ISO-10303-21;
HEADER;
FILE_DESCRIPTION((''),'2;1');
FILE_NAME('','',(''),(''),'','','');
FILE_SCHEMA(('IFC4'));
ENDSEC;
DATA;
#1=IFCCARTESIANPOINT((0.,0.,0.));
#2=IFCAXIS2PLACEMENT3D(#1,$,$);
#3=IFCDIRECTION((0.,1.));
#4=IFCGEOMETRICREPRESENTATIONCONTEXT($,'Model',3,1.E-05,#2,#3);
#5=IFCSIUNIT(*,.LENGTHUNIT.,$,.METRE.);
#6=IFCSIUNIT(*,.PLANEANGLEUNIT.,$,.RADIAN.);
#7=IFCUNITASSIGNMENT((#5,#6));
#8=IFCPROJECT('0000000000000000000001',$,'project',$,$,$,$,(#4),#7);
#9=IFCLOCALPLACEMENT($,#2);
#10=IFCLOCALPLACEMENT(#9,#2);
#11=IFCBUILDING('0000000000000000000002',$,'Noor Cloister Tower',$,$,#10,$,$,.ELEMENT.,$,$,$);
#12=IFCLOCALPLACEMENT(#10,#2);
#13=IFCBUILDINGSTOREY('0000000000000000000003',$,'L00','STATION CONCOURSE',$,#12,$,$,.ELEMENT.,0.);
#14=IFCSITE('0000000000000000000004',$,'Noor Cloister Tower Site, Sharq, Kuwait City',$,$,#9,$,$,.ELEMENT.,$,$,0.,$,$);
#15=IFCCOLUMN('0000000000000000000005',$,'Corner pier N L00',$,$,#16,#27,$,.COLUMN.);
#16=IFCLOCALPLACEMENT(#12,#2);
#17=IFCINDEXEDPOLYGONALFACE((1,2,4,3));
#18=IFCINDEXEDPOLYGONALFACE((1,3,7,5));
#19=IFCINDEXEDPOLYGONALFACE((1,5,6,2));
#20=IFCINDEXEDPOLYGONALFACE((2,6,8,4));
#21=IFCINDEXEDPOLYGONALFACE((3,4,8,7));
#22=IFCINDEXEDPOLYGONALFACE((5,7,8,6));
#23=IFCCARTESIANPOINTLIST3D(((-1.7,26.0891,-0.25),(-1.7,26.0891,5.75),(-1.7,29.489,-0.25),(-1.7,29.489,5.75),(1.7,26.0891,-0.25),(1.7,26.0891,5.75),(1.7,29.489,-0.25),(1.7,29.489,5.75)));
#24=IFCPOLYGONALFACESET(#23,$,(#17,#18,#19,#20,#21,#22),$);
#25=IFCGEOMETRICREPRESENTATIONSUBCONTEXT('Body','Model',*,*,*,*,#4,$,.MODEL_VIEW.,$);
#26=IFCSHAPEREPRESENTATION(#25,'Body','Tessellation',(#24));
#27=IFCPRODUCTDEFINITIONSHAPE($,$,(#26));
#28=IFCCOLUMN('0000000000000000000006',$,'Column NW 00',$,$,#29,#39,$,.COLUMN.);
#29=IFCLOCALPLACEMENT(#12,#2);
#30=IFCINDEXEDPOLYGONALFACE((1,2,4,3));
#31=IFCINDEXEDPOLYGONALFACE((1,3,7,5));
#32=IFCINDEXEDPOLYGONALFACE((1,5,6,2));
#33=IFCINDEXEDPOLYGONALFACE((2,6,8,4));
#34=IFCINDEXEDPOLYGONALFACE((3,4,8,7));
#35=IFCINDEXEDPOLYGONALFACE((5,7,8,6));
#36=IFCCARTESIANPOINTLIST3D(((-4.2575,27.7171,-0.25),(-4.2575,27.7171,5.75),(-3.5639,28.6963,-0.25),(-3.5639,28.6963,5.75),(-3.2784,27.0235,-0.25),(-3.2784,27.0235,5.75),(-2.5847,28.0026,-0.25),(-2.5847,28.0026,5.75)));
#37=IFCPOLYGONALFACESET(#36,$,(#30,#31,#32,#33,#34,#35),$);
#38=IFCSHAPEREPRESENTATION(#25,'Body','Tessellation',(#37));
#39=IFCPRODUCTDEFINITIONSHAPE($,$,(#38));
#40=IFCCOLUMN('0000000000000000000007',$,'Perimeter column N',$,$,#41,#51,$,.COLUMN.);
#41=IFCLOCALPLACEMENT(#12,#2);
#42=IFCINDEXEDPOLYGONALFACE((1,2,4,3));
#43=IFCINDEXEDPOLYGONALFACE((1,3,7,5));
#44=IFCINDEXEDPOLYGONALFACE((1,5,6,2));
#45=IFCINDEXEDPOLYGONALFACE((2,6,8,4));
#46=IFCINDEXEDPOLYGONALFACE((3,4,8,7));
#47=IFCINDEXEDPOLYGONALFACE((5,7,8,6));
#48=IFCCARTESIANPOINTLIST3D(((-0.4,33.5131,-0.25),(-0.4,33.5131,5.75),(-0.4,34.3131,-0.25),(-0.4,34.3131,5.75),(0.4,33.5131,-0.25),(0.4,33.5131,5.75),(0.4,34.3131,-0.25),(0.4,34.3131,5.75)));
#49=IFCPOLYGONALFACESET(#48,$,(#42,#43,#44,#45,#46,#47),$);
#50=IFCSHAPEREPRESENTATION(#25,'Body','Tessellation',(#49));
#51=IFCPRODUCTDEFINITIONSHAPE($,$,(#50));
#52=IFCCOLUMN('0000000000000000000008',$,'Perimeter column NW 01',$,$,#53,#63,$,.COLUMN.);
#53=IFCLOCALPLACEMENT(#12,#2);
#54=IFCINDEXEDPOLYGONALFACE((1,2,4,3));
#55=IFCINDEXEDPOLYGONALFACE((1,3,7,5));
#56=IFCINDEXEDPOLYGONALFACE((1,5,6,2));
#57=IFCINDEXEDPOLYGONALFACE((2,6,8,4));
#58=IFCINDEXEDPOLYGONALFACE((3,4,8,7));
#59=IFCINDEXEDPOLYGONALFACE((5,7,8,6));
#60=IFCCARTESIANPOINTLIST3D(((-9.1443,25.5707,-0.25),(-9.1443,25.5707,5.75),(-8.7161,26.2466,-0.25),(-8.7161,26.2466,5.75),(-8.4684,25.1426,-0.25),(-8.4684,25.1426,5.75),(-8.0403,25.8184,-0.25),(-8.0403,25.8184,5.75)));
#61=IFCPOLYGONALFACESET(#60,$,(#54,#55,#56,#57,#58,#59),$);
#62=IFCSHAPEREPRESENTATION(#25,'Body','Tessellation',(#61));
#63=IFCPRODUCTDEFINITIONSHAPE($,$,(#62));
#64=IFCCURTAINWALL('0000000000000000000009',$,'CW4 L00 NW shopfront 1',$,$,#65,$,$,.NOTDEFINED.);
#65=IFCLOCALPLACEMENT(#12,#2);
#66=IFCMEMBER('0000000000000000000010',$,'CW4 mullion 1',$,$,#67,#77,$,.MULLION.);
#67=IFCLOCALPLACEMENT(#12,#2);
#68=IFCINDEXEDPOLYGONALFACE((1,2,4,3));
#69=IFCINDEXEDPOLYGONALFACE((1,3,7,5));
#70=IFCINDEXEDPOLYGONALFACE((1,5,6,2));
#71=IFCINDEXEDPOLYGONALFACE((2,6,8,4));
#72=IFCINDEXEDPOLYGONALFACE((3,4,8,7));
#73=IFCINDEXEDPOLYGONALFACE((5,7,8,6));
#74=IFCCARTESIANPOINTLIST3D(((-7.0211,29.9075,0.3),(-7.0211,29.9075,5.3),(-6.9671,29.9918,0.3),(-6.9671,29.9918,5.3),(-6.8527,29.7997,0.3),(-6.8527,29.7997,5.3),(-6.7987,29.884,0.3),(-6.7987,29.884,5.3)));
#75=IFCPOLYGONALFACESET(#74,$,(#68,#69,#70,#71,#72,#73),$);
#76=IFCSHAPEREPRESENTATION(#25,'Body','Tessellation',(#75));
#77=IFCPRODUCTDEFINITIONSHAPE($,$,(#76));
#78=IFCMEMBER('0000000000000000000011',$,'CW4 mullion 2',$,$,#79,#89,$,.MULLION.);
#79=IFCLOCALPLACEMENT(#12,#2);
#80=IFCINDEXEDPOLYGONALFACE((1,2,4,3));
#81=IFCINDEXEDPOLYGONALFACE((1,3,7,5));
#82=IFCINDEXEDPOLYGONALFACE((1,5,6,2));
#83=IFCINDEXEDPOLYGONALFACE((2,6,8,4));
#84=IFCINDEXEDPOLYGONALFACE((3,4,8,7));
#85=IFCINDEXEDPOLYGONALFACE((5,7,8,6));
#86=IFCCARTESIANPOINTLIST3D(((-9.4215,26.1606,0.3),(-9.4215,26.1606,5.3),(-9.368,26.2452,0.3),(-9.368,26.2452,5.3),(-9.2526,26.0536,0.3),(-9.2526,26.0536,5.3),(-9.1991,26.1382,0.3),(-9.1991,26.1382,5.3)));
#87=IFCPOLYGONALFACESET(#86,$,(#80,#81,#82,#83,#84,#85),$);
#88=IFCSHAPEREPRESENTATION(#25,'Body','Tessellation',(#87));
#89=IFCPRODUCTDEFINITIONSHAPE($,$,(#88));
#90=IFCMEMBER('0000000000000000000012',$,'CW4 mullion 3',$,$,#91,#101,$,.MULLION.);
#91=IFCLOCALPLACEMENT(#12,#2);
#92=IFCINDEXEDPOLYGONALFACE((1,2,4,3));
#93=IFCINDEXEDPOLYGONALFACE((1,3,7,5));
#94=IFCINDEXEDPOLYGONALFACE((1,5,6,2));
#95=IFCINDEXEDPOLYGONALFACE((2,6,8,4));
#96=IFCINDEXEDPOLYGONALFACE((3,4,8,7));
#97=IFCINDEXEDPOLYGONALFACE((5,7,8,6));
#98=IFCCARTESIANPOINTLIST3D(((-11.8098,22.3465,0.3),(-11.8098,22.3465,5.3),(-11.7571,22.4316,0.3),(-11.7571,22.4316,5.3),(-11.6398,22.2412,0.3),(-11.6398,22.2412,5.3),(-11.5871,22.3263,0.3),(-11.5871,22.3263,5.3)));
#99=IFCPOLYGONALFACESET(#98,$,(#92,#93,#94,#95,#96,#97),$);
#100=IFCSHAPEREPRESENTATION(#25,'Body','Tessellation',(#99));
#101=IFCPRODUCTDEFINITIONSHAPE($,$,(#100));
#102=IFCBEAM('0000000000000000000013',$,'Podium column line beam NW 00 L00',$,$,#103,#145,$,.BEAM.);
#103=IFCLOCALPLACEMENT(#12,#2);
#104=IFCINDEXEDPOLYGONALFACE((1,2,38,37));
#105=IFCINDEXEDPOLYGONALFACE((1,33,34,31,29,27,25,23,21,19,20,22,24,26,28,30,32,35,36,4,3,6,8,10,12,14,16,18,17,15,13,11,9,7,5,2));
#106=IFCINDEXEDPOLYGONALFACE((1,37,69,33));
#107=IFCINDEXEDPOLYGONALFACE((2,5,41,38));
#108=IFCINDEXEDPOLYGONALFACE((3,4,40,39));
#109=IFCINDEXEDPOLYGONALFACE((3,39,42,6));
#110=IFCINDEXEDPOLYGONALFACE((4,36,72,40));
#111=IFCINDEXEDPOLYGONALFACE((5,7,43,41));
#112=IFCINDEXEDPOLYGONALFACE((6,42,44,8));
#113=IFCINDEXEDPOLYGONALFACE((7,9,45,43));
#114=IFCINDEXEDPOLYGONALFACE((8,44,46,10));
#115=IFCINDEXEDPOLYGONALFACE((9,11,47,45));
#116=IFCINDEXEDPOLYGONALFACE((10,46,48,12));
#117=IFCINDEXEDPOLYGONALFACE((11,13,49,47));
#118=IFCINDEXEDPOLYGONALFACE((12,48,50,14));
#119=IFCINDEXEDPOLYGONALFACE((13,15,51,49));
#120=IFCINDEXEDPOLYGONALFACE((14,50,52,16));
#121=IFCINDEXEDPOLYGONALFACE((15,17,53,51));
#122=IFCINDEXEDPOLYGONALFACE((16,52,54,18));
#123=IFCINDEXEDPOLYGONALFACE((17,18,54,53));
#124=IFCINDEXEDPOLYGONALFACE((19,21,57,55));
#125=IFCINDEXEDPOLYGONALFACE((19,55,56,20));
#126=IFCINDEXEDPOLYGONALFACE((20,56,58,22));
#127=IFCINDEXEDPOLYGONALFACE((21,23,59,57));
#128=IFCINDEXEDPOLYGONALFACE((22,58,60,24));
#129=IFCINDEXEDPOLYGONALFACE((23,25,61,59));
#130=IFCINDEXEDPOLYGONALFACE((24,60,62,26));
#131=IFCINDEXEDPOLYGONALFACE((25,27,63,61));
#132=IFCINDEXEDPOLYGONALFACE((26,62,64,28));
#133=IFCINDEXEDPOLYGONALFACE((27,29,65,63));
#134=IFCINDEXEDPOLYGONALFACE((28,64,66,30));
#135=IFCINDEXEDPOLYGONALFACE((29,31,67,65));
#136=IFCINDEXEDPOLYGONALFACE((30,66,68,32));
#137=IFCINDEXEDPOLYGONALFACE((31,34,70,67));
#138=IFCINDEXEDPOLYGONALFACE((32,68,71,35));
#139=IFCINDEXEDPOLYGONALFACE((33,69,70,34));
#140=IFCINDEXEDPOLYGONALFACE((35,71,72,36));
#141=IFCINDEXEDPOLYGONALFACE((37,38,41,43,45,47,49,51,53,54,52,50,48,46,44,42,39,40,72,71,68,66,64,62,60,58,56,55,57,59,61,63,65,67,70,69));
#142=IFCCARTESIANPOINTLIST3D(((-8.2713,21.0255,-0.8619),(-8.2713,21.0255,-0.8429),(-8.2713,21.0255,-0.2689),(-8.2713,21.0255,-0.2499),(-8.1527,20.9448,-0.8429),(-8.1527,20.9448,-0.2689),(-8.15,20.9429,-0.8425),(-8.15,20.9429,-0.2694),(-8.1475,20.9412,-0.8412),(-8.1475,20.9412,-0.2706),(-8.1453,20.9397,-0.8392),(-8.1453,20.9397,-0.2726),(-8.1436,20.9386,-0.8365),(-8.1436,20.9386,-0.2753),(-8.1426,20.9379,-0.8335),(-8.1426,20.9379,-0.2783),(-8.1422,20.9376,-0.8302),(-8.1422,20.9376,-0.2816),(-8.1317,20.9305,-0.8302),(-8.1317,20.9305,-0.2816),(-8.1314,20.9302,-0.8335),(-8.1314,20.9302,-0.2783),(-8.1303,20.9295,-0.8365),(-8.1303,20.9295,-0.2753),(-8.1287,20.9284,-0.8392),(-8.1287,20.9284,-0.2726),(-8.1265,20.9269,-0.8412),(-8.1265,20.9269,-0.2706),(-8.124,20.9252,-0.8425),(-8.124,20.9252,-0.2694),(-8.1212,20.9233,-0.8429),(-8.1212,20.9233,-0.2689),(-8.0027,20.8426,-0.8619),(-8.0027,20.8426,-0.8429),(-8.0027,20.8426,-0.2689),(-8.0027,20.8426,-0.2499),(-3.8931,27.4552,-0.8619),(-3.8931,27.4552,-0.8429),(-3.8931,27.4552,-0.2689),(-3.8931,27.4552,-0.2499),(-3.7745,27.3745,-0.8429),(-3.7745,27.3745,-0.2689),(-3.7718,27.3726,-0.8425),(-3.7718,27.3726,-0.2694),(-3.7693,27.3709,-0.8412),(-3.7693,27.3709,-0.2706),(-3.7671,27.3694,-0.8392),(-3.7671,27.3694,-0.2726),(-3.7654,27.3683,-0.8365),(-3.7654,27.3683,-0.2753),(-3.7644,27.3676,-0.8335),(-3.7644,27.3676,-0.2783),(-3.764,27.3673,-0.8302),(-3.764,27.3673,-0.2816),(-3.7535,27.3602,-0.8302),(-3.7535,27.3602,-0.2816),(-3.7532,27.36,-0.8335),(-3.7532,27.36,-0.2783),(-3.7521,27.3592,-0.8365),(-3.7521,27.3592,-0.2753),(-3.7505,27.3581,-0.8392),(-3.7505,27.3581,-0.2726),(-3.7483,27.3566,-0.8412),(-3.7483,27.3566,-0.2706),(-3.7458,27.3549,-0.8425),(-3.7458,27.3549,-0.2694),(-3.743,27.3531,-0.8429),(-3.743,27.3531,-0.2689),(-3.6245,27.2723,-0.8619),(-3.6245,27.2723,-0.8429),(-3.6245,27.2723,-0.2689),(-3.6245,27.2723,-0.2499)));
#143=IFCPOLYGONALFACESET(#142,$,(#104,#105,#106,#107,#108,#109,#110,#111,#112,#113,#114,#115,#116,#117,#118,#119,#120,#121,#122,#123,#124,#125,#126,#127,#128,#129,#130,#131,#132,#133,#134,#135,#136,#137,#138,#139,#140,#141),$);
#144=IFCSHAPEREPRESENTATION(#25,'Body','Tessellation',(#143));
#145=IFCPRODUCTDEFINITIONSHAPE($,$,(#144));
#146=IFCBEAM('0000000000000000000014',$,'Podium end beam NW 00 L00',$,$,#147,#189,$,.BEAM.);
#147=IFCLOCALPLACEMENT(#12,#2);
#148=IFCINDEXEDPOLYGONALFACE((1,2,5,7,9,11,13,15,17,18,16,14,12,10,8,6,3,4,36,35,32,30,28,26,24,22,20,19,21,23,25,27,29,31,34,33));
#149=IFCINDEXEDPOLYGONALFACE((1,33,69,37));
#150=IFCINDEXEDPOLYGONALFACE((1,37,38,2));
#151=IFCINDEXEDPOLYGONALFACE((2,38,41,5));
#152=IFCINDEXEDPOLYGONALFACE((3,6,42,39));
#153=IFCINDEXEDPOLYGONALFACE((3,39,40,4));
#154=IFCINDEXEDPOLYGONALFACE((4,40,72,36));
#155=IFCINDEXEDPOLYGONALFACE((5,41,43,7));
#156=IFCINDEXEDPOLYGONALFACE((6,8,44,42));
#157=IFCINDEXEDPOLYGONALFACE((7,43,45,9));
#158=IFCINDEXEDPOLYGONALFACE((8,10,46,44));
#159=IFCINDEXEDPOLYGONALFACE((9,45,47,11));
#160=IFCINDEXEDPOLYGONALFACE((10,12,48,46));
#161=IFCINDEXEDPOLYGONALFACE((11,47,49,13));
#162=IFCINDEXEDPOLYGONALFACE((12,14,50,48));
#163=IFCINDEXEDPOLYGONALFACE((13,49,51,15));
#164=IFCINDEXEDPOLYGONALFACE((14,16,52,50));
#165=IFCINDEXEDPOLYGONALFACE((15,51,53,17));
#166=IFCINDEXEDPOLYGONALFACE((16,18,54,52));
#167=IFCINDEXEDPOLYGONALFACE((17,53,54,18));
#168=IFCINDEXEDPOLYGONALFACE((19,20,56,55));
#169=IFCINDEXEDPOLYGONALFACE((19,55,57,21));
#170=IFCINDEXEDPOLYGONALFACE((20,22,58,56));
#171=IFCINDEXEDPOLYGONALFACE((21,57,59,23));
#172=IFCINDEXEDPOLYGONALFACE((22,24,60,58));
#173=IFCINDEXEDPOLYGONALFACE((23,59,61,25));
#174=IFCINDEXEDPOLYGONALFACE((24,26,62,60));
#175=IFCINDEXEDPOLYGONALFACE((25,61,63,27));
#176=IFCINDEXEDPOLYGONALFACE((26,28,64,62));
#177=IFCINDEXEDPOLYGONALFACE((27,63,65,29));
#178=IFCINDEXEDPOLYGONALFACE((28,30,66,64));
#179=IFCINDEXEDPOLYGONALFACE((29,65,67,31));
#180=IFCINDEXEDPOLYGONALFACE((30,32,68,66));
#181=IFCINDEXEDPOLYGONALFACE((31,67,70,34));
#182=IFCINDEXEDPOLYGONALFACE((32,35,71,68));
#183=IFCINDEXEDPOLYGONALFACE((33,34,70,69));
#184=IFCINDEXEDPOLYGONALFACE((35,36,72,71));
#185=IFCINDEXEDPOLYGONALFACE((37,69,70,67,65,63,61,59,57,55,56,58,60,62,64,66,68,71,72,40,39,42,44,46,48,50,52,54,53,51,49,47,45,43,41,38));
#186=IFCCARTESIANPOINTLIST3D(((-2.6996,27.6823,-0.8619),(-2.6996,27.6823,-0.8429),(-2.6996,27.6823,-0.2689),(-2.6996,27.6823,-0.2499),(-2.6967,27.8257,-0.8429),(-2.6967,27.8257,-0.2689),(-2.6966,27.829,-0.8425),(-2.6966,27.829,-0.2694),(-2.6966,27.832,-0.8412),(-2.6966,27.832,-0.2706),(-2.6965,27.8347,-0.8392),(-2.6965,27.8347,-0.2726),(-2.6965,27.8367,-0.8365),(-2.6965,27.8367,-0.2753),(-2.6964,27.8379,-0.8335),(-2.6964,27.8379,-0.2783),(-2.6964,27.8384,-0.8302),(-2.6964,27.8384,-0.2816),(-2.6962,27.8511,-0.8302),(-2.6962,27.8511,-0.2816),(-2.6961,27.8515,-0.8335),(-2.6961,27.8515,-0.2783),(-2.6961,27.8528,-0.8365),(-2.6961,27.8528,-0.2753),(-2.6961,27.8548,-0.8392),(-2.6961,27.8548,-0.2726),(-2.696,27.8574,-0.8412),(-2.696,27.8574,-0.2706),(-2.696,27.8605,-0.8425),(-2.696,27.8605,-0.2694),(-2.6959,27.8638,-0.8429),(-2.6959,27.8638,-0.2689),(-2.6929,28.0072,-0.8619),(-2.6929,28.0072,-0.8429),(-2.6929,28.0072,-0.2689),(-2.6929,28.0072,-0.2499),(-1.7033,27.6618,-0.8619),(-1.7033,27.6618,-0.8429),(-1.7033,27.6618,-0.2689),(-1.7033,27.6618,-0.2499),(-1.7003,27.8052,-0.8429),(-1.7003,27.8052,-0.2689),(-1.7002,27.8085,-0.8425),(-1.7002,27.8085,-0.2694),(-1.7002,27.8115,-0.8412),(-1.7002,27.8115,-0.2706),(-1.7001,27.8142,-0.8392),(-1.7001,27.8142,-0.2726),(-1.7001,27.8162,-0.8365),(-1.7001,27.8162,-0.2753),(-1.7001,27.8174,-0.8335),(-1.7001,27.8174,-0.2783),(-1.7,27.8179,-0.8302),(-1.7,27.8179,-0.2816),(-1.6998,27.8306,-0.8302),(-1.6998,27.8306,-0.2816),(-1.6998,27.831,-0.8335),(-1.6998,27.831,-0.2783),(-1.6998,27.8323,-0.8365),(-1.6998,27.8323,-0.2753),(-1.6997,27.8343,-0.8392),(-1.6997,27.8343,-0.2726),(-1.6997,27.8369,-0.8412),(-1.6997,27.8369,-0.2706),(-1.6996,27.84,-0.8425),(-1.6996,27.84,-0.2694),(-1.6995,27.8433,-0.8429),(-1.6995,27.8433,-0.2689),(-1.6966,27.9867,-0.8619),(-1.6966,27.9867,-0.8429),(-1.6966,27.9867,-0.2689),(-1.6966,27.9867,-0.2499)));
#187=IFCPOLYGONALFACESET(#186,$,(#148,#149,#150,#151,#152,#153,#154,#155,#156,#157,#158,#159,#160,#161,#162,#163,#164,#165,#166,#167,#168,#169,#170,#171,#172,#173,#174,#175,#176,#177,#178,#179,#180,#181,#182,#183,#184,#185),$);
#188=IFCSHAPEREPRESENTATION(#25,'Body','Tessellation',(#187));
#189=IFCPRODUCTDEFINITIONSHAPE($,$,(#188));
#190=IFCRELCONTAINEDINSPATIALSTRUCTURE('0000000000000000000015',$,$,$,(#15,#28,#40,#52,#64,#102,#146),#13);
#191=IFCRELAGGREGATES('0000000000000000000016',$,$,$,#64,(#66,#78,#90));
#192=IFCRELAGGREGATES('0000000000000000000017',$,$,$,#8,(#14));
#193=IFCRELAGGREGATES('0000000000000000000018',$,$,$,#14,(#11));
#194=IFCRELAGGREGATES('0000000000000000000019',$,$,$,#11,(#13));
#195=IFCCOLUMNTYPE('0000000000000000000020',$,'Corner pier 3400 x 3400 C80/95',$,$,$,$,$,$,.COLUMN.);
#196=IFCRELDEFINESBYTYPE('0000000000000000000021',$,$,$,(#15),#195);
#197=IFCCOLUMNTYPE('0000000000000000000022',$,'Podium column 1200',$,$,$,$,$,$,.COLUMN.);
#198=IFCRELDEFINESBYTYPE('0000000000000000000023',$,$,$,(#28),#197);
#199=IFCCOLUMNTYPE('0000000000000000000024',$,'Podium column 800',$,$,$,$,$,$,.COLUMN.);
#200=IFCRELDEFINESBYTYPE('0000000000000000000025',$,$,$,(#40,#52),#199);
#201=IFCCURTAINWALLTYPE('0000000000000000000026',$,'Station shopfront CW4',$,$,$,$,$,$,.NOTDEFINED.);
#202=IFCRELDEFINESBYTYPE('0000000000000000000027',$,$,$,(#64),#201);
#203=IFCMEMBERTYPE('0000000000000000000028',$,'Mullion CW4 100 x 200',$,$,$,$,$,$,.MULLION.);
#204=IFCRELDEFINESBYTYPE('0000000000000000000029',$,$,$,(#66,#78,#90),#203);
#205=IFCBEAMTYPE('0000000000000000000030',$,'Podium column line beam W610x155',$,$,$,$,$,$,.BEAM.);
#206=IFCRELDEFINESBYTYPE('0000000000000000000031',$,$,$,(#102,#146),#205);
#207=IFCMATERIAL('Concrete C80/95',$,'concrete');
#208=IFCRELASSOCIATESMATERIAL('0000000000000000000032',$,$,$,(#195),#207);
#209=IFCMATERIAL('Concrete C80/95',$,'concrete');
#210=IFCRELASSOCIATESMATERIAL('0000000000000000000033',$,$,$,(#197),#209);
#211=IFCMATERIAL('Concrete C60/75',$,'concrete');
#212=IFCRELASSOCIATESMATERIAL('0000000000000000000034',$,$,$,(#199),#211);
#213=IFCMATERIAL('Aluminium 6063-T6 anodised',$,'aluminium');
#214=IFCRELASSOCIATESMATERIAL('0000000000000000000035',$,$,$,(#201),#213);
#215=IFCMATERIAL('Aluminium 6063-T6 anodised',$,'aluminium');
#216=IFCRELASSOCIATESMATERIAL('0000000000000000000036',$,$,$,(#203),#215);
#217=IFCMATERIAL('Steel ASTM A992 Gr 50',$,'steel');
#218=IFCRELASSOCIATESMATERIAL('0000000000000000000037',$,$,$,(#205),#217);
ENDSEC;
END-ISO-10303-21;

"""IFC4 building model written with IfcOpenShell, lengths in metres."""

from ifc_helpers import new_model, si_unit, direction, frame, origin, origin_2d, place, context, subcontext, project, spatial, rectangle, i_section, extrude, material, material_profile, profile_set, type_object, element, aggregate, save


model = new_model("IFC4")

# Units and contexts
model_context = context("Model", 3, precision=1e-05, world=origin(), true_north=direction((0.0, 1.0)))
body_context = subcontext(model_context, "Body", "Model", "MODEL_VIEW")
ifc_project = project(units=[si_unit("LENGTHUNIT", "METRE"), si_unit("PLANEANGLEUNIT", "RADIAN")], contexts=[model_context])

# Site, building, storey
site_placement = place(None, origin())
site = spatial("IfcSite", under=ifc_project, at=site_placement, Name="Noor Cloister Tower Site, Sharq, Kuwait City", CompositionType="ELEMENT", RefElevation=0.0)
building_placement = place(site_placement, origin())
building = spatial("IfcBuilding", under=site, at=building_placement, Name="Noor Cloister Tower", CompositionType="ELEMENT")
storey_placement = place(building_placement, origin())
storey = spatial("IfcBuildingStorey", under=building, at=storey_placement, Name="L00", Description="STATION CONCOURSE", CompositionType="ELEMENT", Elevation=0.0)

# Columns
ifc_material_1 = material(Name="Concrete C80/95", Category="concrete")
ifc_material_profile_1 = material_profile(ifc_material_1, rectangle(XDim=3.3999, YDim=3.3999, at=origin_2d()), Name="RC 3400x3400")
ifc_profile_set_1 = profile_set([ifc_material_profile_1], Name="Concrete C80/95")
column_type_1 = type_object("IfcColumnType", Name="Corner pier 3400 x 3400 C80/95", PredefinedType="COLUMN", material=ifc_profile_set_1)
column_1_placement = place(storey_placement, frame((0.0, 27.7891, -0.25), z_axis=(0.0, 0.0, 1.0), x_axis=(0.0, 1.0, 0.0)))
element("IfcColumn", 1, at=column_1_placement, inside=storey, type_object=column_type_1, Name="Corner pier N L00", PredefinedType="COLUMN", context=body_context, shape_type="SweptSolid", body=[
    extrude(rectangle(XDim=3.3999, YDim=3.3999, at=origin_2d()), origin(), (0.0, 0.0, 1.0), 6.0),
])
ifc_material_2 = material(Name="Concrete C80/95", Category="concrete")
ifc_material_profile_2 = material_profile(ifc_material_2, rectangle(XDim=1.2, YDim=1.2, at=origin_2d()), Name="Podium column 1200")
ifc_profile_set_2 = profile_set([ifc_material_profile_2], Name="Concrete C80/95")
column_type_2 = type_object("IfcColumnType", Name="Podium column 1200", PredefinedType="COLUMN", material=ifc_profile_set_2)
column_2_placement = place(storey_placement, frame((-3.4211, 27.8599, -0.25), z_axis=(0.0, 0.0, 1.0), x_axis=(-0.815983, 0.578076, 0.0)))
element("IfcColumn", 2, at=column_2_placement, inside=storey, type_object=column_type_2, Name="Column NW 00", PredefinedType="COLUMN", context=body_context, shape_type="SweptSolid", body=[
    extrude(rectangle(XDim=1.2, YDim=1.2, at=origin_2d()), origin(), (0.0, 0.0, 1.0), 6.0),
])
ifc_material_3 = material(Name="Concrete C60/75", Category="concrete")
ifc_material_profile_3 = material_profile(ifc_material_3, rectangle(XDim=0.8, YDim=0.8, at=origin_2d()), Name="Podium column 800")
ifc_profile_set_3 = profile_set([ifc_material_profile_3], Name="Concrete C60/75")
column_type_3 = type_object("IfcColumnType", Name="Podium column 800", PredefinedType="COLUMN", material=ifc_profile_set_3)
for number, where, z_axis, x_axis, name in (
    (3, (0.0, 33.9131, -0.25), (0.0, 0.0, 1.0), (0.0, 1.0, 0.0), "Perimeter column N"),
    (4, (-8.5923, 25.6946, -0.25), (0.0, 0.0, 1.0), (-0.844762, 0.535142, 0.0), "Perimeter column NW 01"),
):
    element("IfcColumn", number, at=place(storey_placement, frame(where, z_axis=z_axis, x_axis=x_axis)), inside=storey, type_object=column_type_3, Name=name, PredefinedType="COLUMN", context=body_context, shape_type="SweptSolid", body=[
        extrude(rectangle(XDim=0.8, YDim=0.8, at=origin_2d()), origin(), (0.0, 0.0, 1.0), 6.0),
    ])

# Curtain wall, members
ifc_material_4 = material(Name="Aluminium 6063-T6 anodised", Category="aluminium")
curtain_wall_type = type_object("IfcCurtainWallType", Name="Station shopfront CW4", PredefinedType="NOTDEFINED", material=ifc_material_4)
curtain_wall_placement = place(storey_placement, origin())
curtain_wall = element("IfcCurtainWall", 5, at=curtain_wall_placement, inside=storey, type_object=curtain_wall_type, Name="CW4 L00 NW shopfront 1", PredefinedType="NOTDEFINED")
ifc_material_5 = material(Name="Aluminium 6063-T6 anodised", Category="aluminium")
ifc_material_profile_4 = material_profile(ifc_material_5, rectangle(XDim=0.2, YDim=0.1001, at=origin_2d()), Name="200 x 100 mullion")
ifc_profile_set_4 = profile_set([ifc_material_profile_4], Name="Aluminium 6063-T6 anodised")
member_type = type_object("IfcMemberType", Name="Mullion CW4 100 x 200", PredefinedType="MULLION", material=ifc_profile_set_4)
member_1_placement = place(storey_placement, frame((-6.9099, 29.8958, 0.3), z_axis=(0.0, 0.0, 1.0), x_axis=(0.842003, -0.539473, 0.0)))
member_1 = element("IfcMember", 6, at=member_1_placement, type_object=member_type, Name="CW4 mullion 1", PredefinedType="MULLION", context=body_context, shape_type="SweptSolid", body=[
    extrude(rectangle(XDim=0.2, YDim=0.1001, at=origin_2d()), origin(), (0.0, 0.0, 1.0), 5.0),
])
member_2_placement = place(storey_placement, frame((-9.3103, 26.1494, 0.3), z_axis=(0.0, 0.0, 1.0), x_axis=(0.844762, -0.535142, 0.0)))
member_2 = element("IfcMember", 7, at=member_2_placement, type_object=member_type, Name="CW4 mullion 2", PredefinedType="MULLION", context=body_context, shape_type="SweptSolid", body=[
    extrude(rectangle(XDim=0.2, YDim=0.1001, at=origin_2d()), origin(), (0.0, 0.0, 1.0), 5.0),
])
member_3_placement = place(storey_placement, frame((-11.6985, 22.3364, 0.3), z_axis=(0.0, 0.0, 1.0), x_axis=(0.850213, -0.526439, 0.0)))
member_3 = element("IfcMember", 8, at=member_3_placement, type_object=member_type, Name="CW4 mullion 3", PredefinedType="MULLION", context=body_context, shape_type="SweptSolid", body=[
    extrude(rectangle(XDim=0.2, YDim=0.1001, at=origin_2d()), origin(), (0.0, 0.0, 1.0), 5.0),
])

# Beams
ifc_material_6 = material(Name="Steel ASTM A992 Gr 50", Category="steel")
ifc_material_profile_5 = material_profile(ifc_material_6, i_section(OverallWidth=0.325, OverallDepth=0.6121, WebThickness=0.0127, FlangeThickness=0.019, FilletRadius=0.0127, at=origin_2d()), Name="W610x155")
ifc_profile_set_5 = profile_set([ifc_material_profile_5], Name="Steel ASTM A992 Gr 50")
beam_type_1 = type_object("IfcBeamType", Name="Podium column line beam W610x155", PredefinedType="BEAM", material=ifc_profile_set_5)
beam_1_placement = place(storey_placement, frame((-3.7588, 27.3638, -0.5559), z_axis=(-0.562836, -0.826568, 0.0), x_axis=(0.826568, -0.562836, 0.0)))
element("IfcBeam", 9, at=beam_1_placement, inside=storey, type_object=beam_type_1, Name="Podium column line beam NW 00 L00", PredefinedType="BEAM", context=body_context, shape_type="SweptSolid", body=[
    extrude(i_section(OverallWidth=0.325, OverallDepth=0.6121, WebThickness=0.0127, FlangeThickness=0.019, FilletRadius=0.0127, at=origin_2d()), origin(), (0.0, 0.0, 1.0), 7.7788),
])
beam_2_placement = place(storey_placement, frame((-2.6963, 27.8447, -0.5559), z_axis=(0.999788, -0.020579, 0.0), x_axis=(0.020579, 0.999788, 0.0)))
element("IfcBeam", 10, at=beam_2_placement, inside=storey, type_object=beam_type_1, Name="Podium end beam NW 00 L00", PredefinedType="BEAM", context=body_context, shape_type="SweptSolid", body=[
    extrude(i_section(OverallWidth=0.325, OverallDepth=0.6121, WebThickness=0.0127, FlangeThickness=0.019, FilletRadius=0.0127, at=origin_2d()), origin(), (0.0, 0.0, 1.0), 0.9966),
])

aggregate(curtain_wall, [member_1, member_2, member_3])

save(model, "model.ifc")
